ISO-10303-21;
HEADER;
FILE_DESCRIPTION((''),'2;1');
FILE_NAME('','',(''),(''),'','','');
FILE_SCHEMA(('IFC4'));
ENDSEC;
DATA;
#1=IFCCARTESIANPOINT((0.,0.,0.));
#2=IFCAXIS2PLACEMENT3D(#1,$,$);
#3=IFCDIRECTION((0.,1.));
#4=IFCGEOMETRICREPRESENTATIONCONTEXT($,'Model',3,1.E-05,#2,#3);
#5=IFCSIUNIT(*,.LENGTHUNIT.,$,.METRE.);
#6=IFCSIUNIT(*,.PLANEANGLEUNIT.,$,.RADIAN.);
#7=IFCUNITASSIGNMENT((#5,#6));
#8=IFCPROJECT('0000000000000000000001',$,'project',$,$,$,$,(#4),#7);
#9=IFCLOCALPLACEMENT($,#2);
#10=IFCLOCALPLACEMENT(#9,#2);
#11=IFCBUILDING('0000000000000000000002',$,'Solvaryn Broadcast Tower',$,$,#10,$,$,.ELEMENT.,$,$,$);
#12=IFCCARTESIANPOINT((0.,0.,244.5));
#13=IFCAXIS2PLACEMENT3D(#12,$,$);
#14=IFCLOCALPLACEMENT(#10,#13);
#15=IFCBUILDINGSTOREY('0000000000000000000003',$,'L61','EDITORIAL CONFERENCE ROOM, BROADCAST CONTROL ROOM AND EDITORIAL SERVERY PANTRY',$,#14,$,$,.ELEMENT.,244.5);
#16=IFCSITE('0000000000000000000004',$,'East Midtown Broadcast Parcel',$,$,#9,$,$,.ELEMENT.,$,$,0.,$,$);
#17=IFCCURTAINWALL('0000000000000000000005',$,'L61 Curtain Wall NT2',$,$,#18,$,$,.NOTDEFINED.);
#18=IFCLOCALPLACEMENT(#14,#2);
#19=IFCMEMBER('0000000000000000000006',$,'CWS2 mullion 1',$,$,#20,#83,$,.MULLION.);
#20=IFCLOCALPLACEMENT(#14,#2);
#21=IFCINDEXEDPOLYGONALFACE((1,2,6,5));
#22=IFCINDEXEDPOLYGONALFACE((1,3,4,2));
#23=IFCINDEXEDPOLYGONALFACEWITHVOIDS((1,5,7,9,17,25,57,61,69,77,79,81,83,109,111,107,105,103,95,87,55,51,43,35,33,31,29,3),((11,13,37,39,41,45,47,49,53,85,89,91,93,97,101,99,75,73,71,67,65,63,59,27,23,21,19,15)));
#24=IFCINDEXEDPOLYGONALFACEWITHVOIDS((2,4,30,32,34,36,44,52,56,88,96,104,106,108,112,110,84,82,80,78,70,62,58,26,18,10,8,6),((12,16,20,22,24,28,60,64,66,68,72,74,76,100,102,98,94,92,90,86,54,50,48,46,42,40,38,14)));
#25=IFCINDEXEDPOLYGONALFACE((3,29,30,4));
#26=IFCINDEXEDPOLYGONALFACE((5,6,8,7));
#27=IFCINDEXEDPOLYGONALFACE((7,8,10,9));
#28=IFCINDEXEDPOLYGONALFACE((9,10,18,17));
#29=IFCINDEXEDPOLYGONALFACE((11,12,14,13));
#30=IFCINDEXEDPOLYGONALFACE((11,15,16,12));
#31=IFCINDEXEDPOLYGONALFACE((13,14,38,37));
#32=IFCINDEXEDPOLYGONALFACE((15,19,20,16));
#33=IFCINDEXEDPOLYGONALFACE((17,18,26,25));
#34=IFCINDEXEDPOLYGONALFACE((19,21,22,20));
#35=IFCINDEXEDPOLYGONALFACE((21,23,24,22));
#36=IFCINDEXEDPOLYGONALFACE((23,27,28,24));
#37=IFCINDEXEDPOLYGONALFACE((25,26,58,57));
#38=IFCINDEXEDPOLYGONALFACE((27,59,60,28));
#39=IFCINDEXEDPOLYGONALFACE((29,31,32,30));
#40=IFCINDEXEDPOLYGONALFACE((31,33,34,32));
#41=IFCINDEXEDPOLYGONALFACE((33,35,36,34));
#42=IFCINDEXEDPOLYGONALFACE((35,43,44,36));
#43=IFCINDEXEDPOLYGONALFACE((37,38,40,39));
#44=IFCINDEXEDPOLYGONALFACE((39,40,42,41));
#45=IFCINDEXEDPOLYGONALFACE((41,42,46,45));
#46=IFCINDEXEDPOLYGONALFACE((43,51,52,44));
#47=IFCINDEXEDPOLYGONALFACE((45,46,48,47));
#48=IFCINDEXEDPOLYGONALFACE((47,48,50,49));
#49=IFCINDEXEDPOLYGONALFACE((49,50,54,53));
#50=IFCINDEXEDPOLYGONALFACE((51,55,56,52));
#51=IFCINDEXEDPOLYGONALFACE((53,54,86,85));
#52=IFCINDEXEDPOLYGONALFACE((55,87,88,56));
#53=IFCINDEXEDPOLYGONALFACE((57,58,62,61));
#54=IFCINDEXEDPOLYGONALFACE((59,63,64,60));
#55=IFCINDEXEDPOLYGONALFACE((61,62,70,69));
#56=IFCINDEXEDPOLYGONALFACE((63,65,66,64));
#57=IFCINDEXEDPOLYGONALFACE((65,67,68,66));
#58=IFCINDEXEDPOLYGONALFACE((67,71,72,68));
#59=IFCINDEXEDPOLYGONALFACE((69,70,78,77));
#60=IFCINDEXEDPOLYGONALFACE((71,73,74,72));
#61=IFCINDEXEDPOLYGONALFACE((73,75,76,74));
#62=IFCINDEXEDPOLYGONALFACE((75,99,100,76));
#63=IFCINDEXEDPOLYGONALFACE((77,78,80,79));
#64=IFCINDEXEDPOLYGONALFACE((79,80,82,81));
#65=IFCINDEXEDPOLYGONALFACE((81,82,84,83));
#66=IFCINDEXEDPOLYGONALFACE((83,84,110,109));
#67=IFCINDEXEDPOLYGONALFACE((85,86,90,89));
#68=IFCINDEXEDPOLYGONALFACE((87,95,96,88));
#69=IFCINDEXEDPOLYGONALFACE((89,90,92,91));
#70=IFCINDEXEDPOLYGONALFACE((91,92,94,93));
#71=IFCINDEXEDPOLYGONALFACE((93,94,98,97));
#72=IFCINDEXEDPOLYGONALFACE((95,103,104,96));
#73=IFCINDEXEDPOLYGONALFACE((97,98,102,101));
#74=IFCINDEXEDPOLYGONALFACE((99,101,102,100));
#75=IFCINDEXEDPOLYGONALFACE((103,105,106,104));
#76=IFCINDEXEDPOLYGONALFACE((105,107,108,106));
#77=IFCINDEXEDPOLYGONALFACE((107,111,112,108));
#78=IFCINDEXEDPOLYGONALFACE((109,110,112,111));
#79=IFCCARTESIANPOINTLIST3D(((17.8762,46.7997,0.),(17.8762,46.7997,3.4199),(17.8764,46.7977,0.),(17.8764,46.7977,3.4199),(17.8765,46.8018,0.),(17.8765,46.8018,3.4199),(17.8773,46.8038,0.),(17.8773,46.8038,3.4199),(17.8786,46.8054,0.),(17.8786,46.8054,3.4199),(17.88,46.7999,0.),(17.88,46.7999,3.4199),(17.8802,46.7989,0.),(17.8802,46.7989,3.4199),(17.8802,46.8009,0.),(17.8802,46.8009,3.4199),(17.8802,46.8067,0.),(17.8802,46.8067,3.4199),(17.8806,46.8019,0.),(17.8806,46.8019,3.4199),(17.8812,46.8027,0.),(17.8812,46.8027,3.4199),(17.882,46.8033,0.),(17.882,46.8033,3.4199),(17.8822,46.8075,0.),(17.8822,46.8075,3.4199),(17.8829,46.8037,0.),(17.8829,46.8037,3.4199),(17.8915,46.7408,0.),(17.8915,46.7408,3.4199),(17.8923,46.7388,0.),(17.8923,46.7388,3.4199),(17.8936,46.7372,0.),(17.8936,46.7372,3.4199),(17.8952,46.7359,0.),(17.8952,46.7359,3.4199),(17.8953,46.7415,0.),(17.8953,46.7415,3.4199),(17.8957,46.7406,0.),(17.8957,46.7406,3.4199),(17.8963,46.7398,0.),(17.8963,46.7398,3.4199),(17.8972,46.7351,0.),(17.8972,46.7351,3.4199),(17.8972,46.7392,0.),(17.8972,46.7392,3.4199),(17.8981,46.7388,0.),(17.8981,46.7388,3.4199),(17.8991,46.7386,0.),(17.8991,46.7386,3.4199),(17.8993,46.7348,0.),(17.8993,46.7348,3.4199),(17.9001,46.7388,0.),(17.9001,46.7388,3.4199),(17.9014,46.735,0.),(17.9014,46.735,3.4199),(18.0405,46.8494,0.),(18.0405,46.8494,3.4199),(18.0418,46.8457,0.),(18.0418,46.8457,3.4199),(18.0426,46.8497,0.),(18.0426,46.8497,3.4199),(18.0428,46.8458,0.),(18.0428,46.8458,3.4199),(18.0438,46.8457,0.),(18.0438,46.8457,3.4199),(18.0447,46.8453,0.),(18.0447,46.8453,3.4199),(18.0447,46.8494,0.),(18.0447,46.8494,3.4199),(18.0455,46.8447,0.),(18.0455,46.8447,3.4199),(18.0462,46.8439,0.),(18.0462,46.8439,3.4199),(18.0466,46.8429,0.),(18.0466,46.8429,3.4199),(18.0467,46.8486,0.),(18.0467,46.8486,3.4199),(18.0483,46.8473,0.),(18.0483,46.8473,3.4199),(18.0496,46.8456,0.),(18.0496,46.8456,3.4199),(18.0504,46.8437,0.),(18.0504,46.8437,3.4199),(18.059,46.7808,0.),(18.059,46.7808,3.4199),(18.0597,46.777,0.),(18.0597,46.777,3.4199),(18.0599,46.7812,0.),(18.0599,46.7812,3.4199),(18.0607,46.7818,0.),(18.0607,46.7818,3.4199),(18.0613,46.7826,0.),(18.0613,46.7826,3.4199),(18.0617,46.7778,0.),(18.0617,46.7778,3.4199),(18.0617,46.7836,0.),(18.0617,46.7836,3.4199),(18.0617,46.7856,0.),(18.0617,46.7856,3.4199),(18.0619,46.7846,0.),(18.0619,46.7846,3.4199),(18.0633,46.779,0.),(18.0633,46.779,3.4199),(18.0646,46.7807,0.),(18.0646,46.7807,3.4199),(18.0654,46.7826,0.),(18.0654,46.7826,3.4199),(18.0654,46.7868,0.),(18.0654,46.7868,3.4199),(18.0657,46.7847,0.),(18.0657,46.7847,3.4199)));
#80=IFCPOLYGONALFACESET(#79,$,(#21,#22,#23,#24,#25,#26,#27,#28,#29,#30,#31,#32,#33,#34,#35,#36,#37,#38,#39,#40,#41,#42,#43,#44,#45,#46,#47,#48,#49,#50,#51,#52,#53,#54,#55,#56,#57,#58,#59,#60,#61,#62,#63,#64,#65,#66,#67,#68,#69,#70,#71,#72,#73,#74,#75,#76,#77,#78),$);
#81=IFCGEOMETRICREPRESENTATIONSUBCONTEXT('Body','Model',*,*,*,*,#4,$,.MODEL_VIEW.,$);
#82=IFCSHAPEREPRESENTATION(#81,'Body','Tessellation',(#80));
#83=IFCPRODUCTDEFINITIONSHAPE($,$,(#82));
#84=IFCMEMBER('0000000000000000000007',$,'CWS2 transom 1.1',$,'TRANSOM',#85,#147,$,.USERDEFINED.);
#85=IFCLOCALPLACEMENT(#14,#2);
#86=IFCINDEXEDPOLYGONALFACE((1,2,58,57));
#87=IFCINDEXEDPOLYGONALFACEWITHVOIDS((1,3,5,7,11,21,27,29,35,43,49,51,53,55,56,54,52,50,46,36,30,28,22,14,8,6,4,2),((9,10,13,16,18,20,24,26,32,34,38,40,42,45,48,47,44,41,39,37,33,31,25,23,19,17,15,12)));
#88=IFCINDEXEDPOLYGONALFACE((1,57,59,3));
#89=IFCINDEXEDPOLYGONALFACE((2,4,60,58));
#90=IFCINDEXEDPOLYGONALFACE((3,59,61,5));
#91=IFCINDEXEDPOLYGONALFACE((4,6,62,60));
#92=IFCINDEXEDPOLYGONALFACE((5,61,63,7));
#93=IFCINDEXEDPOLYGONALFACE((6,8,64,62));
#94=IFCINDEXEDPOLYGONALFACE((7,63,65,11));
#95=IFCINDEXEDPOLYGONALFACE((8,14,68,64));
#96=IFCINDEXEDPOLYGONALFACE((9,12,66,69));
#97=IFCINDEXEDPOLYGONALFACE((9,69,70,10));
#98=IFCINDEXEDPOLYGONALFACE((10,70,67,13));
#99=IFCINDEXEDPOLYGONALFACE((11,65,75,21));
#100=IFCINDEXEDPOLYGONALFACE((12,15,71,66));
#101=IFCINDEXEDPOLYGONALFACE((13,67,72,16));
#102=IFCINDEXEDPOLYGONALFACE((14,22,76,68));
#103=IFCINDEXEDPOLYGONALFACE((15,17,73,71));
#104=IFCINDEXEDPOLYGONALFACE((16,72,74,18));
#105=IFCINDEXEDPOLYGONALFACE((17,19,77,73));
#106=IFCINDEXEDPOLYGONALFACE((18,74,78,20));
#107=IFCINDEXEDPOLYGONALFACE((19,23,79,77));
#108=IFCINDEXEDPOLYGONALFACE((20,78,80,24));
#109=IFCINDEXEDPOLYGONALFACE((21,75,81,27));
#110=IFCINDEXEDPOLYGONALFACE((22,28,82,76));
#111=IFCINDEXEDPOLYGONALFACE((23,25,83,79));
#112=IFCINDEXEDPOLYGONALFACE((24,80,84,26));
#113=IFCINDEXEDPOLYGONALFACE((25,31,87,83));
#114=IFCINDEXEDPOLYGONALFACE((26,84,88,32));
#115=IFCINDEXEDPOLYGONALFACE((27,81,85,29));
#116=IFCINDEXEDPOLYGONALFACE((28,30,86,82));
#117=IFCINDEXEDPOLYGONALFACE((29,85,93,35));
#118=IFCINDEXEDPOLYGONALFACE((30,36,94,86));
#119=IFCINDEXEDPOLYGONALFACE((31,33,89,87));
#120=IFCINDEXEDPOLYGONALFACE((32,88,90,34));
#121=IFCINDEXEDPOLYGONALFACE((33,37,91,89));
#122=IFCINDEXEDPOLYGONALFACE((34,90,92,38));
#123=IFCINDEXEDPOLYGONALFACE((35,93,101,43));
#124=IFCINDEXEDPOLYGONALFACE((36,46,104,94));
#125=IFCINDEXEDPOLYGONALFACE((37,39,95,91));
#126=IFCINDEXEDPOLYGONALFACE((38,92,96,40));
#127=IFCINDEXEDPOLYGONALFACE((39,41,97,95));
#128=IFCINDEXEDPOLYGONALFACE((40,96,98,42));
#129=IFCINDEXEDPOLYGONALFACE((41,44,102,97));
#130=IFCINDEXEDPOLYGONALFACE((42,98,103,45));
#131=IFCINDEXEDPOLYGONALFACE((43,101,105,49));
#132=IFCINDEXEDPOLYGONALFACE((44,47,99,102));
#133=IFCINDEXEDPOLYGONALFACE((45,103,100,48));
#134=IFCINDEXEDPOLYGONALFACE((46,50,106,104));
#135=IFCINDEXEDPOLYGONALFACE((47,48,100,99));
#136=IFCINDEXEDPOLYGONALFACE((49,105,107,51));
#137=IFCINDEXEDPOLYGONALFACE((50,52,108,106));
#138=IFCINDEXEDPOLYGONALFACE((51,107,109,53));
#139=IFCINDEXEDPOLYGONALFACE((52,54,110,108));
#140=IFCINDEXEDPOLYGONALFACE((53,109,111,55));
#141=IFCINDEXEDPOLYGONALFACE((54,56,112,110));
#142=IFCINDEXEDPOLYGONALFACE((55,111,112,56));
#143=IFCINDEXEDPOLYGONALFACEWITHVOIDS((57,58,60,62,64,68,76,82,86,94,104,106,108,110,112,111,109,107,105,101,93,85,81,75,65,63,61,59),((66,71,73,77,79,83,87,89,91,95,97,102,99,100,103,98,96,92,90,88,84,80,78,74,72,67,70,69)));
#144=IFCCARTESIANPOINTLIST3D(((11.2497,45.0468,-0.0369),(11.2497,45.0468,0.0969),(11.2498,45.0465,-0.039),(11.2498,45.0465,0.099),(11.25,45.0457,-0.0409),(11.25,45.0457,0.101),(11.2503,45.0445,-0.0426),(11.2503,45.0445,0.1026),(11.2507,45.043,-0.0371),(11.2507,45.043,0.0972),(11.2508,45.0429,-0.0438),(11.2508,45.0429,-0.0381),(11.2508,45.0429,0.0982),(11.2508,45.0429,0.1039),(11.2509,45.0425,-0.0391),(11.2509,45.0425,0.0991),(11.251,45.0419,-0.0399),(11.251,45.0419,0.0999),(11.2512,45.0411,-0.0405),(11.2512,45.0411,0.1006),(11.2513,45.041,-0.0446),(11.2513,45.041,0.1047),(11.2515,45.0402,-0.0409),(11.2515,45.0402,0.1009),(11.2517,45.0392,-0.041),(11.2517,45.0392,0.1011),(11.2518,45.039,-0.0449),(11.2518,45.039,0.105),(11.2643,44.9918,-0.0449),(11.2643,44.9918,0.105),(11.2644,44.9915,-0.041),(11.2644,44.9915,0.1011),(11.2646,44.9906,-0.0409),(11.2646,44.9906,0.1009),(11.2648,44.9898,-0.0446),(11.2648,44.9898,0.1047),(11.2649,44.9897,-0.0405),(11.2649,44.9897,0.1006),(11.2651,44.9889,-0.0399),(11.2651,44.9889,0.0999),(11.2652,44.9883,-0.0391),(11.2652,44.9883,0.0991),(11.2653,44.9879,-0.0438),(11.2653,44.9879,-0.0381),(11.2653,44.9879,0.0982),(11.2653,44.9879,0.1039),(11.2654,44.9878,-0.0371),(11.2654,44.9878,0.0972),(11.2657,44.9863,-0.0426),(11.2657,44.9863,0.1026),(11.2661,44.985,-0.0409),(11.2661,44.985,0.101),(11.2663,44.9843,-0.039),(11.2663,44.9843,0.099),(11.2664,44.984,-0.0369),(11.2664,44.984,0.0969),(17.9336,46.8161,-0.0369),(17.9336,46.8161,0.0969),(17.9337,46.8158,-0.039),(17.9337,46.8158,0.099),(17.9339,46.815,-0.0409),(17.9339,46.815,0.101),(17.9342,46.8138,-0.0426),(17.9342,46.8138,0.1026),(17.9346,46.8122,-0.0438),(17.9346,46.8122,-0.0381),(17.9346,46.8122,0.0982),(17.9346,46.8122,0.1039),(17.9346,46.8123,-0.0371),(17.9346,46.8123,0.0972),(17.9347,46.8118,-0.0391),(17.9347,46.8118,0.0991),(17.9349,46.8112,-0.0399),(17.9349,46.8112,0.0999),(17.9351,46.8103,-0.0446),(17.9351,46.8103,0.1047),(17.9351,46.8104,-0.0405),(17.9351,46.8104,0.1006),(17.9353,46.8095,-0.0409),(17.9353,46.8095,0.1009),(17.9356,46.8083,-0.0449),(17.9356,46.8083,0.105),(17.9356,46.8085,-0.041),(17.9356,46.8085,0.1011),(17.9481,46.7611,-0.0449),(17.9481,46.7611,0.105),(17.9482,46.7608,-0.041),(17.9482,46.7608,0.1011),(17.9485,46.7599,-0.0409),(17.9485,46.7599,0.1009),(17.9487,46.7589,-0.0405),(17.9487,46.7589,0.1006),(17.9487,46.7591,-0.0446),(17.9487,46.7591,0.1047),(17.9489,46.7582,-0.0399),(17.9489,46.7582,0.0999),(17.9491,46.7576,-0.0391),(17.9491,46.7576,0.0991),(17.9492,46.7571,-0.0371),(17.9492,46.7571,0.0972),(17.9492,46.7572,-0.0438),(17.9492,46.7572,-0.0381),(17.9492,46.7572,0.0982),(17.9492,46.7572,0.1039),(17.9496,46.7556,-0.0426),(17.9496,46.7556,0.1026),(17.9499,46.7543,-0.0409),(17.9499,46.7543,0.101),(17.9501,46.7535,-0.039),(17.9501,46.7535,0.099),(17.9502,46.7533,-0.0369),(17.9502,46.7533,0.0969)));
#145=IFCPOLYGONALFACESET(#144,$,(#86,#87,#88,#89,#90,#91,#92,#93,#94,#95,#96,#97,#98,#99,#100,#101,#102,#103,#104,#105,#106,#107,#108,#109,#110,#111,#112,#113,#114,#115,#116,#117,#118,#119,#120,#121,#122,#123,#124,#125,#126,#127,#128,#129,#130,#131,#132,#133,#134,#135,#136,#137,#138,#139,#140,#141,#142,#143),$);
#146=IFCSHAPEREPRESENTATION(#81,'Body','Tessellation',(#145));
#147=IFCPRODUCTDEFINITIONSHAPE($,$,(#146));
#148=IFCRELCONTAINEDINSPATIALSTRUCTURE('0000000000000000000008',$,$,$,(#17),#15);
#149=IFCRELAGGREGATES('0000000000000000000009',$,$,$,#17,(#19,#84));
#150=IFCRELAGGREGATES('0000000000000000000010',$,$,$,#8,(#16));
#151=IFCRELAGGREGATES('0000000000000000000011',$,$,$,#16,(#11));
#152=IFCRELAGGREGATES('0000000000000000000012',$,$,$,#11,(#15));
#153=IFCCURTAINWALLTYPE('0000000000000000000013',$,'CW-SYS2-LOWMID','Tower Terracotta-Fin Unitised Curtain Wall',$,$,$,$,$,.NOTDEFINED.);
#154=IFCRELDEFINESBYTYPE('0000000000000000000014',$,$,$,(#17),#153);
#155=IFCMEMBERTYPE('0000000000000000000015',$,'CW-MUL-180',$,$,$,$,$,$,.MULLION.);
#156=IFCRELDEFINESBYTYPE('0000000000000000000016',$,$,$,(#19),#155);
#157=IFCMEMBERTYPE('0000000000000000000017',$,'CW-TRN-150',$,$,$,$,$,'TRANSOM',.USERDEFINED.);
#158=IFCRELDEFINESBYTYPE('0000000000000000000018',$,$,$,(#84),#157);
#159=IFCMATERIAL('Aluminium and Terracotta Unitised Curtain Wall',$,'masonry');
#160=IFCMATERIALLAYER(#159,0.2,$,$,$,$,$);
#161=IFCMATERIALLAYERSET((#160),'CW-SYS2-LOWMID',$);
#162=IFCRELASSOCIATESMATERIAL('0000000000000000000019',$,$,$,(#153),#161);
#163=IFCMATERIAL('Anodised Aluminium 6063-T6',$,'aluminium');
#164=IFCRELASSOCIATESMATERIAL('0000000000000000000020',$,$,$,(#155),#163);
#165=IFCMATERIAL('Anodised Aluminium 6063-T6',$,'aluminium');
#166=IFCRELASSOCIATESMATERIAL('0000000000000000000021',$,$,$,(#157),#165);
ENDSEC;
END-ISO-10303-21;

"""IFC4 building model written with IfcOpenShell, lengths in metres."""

from ifc_helpers import new_model, si_unit, direction, frame, origin, origin_2d, place, context, subcontext, project, spatial, hollow_rectangle, extrude, material, layer, layer_set, material_profile, profile_set, type_object, element, aggregate, save


model = new_model("IFC4")

# Units and contexts
model_context = context("Model", 3, precision=1e-05, world=origin(), true_north=direction((0.0, 1.0)))
body_context = subcontext(model_context, "Body", "Model", "MODEL_VIEW")
ifc_project = project(units=[si_unit("LENGTHUNIT", "METRE"), si_unit("PLANEANGLEUNIT", "RADIAN")], contexts=[model_context])

# Site, building, storey
site_placement = place(None, origin())
site = spatial("IfcSite", under=ifc_project, at=site_placement, Name="East Midtown Broadcast Parcel", CompositionType="ELEMENT", RefElevation=0.0)
building_placement = place(site_placement, origin())
building = spatial("IfcBuilding", under=site, at=building_placement, Name="Solvaryn Broadcast Tower", CompositionType="ELEMENT")
storey_placement = place(building_placement, frame((0.0, 0.0, 244.5)))
storey = spatial("IfcBuildingStorey", under=building, at=storey_placement, Name="L61", Description="EDITORIAL CONFERENCE ROOM, BROADCAST CONTROL ROOM AND EDITORIAL SERVERY PANTRY", CompositionType="ELEMENT", Elevation=244.5)

# Shared definitions
ifc_material_1 = material(Name="Aluminium and Terracotta Unitised Curtain Wall", Category="masonry")
ifc_layer_1 = layer(ifc_material_1, 0.2)
ifc_layer_set_1 = layer_set([ifc_layer_1], Name="CW-SYS2-LOWMID")
curtain_wall_type = type_object("IfcCurtainWallType", Name="CW-SYS2-LOWMID", Description="Tower Terracotta-Fin Unitised Curtain Wall", PredefinedType="NOTDEFINED", material=ifc_layer_set_1)
ifc_material_2 = material(Name="Anodised Aluminium 6063-T6", Category="aluminium")
ifc_material_profile_1 = material_profile(ifc_material_2, hollow_rectangle(XDim=0.075, YDim=0.1799, WallThickness=0.0039, InnerFilletRadius=0.0039, OuterFilletRadius=0.0081, at=origin_2d()))
ifc_profile_set_1 = profile_set([ifc_material_profile_1], Name="Anodised Aluminium 6063-T6")
member_type_1 = type_object("IfcMemberType", Name="CW-MUL-180", PredefinedType="MULLION", material=ifc_profile_set_1)

# Curtain wall, members
curtain_wall_1_placement = place(storey_placement, origin())
curtain_wall_1 = element("IfcCurtainWall", 1, at=curtain_wall_1_placement, inside=storey, type_object=curtain_wall_type, Name="L61 Curtain Wall NT2", PredefinedType="NOTDEFINED")
member_1_placement = place(storey_placement, frame((17.9709, 46.7922, 0.0), z_axis=(0.0, 0.0, 1.0), x_axis=(0.255893, -0.966705, 0.0)))
member_1 = element("IfcMember", 2, at=member_1_placement, type_object=member_type_1, Name="CWS2 mullion 1", PredefinedType="MULLION", context=body_context, shape_type="SweptSolid", body=[
    extrude(hollow_rectangle(XDim=0.075, YDim=0.1799, WallThickness=0.0039, InnerFilletRadius=0.0039, OuterFilletRadius=0.0081, at=origin_2d()), origin(), (0.0, 0.0, 1.0), 3.4199),
])
ifc_material_3 = material(Name="Anodised Aluminium 6063-T6", Category="aluminium")
ifc_material_profile_2 = material_profile(ifc_material_3, hollow_rectangle(XDim=0.0649, YDim=0.1499, WallThickness=0.0039, InnerFilletRadius=0.0039, OuterFilletRadius=0.0081, at=origin_2d()))
ifc_profile_set_2 = profile_set([ifc_material_profile_2], Name="Anodised Aluminium 6063-T6")
member_type_2 = type_object("IfcMemberType", Name="CW-TRN-150", ElementType="TRANSOM", PredefinedType="USERDEFINED", material=ifc_profile_set_2)
member_2_placement = place(storey_placement, frame((17.9419, 46.7847, 0.03), z_axis=(-0.966704, -0.255897, 0.0), x_axis=(0.255897, -0.966704, 0.0)))
member_2 = element("IfcMember", 3, at=member_2_placement, type_object=member_type_2, Name="CWS2 transom 1.1", ObjectType="TRANSOM", PredefinedType="USERDEFINED", context=body_context, shape_type="SweptSolid", body=[
    extrude(hollow_rectangle(XDim=0.0649, YDim=0.1499, WallThickness=0.0039, InnerFilletRadius=0.0039, OuterFilletRadius=0.0081, at=origin_2d()), origin(), (0.0, 0.0, 1.0), 6.9141),
])
aggregate(curtain_wall_1, [member_1, member_2])

save(model, "model.ifc")
